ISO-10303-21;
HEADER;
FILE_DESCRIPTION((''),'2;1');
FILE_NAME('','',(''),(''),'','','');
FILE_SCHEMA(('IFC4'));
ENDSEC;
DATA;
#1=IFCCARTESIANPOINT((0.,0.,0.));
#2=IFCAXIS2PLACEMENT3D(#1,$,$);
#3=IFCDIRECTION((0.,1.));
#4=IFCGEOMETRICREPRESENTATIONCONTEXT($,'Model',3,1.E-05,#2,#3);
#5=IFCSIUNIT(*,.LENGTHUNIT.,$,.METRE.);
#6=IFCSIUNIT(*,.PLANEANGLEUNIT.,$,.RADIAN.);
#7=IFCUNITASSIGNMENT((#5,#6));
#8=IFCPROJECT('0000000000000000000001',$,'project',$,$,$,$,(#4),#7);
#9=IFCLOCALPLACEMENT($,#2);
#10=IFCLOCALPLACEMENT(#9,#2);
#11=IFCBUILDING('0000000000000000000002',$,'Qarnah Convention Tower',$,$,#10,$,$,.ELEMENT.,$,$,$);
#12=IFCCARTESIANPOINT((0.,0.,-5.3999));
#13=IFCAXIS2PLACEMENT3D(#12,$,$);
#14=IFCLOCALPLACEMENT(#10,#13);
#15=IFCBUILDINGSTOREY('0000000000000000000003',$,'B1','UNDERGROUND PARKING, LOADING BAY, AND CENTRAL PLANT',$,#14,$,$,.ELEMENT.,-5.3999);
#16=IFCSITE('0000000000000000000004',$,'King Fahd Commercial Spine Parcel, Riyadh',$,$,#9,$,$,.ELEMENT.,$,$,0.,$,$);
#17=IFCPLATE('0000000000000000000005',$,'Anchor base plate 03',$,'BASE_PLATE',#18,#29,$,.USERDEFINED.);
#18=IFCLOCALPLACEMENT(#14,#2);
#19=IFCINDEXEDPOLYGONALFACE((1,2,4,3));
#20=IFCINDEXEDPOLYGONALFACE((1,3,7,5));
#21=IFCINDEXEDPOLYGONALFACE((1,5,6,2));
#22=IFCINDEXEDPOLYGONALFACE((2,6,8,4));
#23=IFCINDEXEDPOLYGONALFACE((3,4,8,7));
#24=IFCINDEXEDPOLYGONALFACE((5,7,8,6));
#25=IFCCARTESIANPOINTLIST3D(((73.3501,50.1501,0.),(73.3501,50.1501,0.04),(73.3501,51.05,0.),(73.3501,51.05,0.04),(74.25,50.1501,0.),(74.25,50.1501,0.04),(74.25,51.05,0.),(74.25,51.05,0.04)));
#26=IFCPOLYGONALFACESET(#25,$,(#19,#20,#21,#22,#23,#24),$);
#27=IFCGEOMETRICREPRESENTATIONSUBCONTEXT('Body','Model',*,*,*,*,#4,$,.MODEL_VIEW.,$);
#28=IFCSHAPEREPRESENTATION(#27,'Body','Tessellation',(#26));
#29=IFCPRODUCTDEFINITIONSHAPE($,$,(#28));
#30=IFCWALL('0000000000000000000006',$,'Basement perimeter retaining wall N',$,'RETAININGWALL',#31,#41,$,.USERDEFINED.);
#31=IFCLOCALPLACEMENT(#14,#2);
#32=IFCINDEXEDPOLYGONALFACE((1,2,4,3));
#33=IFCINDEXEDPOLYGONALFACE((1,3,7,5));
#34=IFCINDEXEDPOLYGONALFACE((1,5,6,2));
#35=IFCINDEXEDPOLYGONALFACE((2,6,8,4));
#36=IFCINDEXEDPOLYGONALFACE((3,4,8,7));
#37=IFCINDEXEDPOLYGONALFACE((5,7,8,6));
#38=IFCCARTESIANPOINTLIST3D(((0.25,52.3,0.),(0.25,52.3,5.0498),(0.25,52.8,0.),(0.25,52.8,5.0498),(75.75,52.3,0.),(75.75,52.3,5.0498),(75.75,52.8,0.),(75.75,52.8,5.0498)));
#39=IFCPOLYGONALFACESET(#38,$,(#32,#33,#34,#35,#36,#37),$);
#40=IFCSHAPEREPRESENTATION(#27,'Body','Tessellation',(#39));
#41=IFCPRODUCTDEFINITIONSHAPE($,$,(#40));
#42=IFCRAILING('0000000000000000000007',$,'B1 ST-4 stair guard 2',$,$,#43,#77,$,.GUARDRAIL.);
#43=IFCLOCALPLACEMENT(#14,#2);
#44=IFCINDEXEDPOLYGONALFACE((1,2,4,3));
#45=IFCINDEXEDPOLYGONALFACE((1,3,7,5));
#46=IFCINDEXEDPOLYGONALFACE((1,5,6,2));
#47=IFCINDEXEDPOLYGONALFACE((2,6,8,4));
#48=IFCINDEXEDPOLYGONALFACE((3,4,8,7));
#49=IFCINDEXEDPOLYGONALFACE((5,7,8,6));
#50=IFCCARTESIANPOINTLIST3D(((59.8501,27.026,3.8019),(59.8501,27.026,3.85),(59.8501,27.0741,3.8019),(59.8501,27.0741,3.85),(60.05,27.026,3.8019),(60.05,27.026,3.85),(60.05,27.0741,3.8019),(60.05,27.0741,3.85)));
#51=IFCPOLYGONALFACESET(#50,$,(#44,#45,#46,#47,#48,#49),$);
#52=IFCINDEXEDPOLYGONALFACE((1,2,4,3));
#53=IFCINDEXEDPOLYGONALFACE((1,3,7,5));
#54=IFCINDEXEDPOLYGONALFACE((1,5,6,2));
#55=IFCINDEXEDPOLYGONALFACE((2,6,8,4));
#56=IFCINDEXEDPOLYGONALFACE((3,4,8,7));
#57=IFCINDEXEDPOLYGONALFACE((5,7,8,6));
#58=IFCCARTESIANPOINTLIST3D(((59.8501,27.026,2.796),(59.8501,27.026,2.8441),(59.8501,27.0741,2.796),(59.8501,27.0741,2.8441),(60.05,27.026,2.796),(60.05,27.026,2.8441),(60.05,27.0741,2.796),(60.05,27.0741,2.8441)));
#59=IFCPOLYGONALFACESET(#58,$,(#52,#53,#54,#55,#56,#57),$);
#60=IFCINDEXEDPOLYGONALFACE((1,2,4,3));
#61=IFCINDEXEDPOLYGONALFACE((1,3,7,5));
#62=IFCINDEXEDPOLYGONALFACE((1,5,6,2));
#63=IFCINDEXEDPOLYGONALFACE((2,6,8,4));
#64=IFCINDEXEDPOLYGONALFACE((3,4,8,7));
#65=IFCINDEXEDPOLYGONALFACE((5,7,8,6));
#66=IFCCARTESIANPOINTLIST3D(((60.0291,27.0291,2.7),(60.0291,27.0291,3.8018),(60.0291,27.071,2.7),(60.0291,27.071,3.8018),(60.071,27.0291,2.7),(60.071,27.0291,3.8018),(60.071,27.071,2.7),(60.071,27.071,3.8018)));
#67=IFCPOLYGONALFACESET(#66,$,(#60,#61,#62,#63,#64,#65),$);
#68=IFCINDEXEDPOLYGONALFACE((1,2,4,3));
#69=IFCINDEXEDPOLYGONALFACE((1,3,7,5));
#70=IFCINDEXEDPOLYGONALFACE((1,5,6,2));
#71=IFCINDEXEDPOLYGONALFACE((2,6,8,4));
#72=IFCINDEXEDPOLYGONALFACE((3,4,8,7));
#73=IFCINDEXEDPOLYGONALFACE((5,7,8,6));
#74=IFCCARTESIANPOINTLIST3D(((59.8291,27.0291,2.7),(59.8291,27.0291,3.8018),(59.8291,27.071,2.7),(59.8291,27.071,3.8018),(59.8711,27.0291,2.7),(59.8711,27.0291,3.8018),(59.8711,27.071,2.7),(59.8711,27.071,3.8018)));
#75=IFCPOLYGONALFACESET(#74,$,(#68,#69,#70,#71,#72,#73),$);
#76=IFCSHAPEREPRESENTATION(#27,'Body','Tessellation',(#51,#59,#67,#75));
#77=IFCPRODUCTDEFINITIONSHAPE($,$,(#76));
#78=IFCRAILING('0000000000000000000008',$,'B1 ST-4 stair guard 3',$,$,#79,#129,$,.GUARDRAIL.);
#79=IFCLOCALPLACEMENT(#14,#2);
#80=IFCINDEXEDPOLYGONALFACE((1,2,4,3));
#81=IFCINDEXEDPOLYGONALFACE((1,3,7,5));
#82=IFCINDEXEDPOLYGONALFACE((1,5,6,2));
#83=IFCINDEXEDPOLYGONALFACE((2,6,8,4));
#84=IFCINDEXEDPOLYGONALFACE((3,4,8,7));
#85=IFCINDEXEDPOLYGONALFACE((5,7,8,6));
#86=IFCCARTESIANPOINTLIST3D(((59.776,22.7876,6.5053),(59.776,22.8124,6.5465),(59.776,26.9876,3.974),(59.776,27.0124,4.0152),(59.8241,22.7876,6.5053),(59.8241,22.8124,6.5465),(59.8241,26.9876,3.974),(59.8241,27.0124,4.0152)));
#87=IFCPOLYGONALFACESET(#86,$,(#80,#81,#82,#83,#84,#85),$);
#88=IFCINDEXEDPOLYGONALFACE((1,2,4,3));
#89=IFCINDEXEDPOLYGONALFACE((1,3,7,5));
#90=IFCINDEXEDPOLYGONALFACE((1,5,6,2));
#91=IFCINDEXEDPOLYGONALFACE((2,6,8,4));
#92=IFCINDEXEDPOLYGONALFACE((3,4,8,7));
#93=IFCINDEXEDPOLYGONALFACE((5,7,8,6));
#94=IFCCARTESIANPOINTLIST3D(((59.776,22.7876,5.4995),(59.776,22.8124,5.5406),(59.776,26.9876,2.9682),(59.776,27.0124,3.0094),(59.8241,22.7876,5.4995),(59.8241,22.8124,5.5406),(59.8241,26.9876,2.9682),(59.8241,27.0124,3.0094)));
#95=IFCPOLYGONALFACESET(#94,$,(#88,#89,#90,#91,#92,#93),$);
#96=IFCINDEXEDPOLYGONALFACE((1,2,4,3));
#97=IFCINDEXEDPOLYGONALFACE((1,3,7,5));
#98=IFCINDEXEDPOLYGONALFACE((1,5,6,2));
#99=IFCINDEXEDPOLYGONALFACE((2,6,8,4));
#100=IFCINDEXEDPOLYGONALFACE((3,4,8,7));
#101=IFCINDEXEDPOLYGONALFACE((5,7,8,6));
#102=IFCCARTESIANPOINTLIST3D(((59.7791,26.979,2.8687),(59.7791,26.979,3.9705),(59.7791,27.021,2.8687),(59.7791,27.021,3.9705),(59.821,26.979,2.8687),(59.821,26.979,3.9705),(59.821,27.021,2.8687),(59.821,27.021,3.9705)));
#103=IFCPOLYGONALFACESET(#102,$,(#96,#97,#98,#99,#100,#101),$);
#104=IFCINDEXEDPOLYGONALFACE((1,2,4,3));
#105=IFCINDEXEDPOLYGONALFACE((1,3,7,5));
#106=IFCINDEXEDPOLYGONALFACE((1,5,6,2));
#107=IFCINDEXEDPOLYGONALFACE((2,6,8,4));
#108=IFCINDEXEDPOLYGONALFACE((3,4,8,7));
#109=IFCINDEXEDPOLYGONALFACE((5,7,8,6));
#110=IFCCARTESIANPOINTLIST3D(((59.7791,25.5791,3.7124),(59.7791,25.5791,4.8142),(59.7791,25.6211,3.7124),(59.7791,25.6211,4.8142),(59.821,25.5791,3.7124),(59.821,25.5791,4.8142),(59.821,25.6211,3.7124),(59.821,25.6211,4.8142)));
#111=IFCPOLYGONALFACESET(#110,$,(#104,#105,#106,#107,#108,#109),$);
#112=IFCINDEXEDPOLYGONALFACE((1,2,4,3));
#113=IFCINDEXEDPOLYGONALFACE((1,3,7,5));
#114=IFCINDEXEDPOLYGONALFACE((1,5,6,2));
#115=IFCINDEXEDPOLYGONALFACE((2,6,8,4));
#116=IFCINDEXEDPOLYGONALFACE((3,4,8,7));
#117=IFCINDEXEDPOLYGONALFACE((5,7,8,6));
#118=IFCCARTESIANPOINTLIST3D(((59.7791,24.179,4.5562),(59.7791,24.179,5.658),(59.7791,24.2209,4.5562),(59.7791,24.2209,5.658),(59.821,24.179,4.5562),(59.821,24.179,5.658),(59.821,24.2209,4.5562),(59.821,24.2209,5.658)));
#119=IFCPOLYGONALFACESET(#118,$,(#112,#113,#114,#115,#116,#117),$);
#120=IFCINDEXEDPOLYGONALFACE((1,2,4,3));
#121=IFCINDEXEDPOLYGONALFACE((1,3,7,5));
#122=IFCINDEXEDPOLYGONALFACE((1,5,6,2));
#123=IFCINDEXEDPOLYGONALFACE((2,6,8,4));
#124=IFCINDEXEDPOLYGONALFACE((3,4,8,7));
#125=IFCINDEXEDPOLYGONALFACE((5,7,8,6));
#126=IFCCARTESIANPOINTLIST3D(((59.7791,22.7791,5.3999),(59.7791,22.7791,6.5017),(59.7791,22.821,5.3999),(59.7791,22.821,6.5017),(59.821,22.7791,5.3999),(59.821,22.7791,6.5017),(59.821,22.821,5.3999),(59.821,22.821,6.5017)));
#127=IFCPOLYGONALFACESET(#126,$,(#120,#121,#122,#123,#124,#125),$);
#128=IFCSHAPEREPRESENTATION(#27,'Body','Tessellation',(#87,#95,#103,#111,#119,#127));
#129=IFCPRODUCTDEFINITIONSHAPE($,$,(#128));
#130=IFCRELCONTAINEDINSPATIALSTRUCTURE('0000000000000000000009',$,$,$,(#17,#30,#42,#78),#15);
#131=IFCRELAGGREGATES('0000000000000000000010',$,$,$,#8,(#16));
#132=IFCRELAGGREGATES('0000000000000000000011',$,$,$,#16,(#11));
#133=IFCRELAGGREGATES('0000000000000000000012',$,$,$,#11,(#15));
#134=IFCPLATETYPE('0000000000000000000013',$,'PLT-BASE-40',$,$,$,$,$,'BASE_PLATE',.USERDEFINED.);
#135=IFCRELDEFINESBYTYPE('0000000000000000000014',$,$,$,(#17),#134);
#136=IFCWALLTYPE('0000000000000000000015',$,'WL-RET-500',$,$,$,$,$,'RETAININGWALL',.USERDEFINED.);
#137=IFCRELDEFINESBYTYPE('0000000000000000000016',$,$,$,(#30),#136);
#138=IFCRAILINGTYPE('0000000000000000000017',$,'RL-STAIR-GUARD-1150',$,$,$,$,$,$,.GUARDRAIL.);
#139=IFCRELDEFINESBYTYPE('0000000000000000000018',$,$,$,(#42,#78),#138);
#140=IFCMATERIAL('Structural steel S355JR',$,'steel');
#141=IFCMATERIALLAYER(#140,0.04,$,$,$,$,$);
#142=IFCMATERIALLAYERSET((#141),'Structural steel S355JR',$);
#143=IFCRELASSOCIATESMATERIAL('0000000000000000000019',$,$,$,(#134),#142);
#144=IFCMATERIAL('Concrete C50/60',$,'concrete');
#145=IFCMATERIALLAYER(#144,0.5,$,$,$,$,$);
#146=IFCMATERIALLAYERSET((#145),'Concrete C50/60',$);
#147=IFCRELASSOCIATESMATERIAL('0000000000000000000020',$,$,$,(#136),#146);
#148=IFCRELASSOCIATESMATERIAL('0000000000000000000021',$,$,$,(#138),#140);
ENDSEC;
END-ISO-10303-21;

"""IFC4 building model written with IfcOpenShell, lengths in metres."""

from ifc_helpers import new_model, si_unit, direction, frame, frame_2d, origin, origin_2d, place, context, subcontext, project, spatial, rectangle, extrude, material, layer, layer_set, type_object, element, save


model = new_model("IFC4")

# Units and contexts
model_context = context("Model", 3, precision=1e-05, world=origin(), true_north=direction((0.0, 1.0)))
body_context = subcontext(model_context, "Body", "Model", "MODEL_VIEW")
ifc_project = project(units=[si_unit("LENGTHUNIT", "METRE"), si_unit("PLANEANGLEUNIT", "RADIAN")], contexts=[model_context])

# Site, building, storey
site_placement = place(None, origin())
site = spatial("IfcSite", under=ifc_project, at=site_placement, Name="King Fahd Commercial Spine Parcel, Riyadh", CompositionType="ELEMENT", RefElevation=0.0)
building_placement = place(site_placement, origin())
building = spatial("IfcBuilding", under=site, at=building_placement, Name="Qarnah Convention Tower", CompositionType="ELEMENT")
storey_placement = place(building_placement, frame((0.0, 0.0, -5.3999)))
storey = spatial("IfcBuildingStorey", under=building, at=storey_placement, Name="B1", Description="UNDERGROUND PARKING, LOADING BAY, AND CENTRAL PLANT", CompositionType="ELEMENT", Elevation=-5.3999)

# Shared definitions
ifc_material_1 = material(Name="Concrete C50/60", Category="concrete")

# Shared definitions
ifc_material_2 = material(Name="Structural steel S355JR", Category="steel")

# Plate
ifc_layer_1 = layer(ifc_material_2, 0.04)
ifc_layer_set_1 = layer_set([ifc_layer_1], Name="Structural steel S355JR")
plate_type = type_object("IfcPlateType", Name="PLT-BASE-40", ElementType="BASE_PLATE", PredefinedType="USERDEFINED", material=ifc_layer_set_1)
plate_placement = place(storey_placement, frame((73.8, 50.6001, 0.0), z_axis=(0.0, 0.0, 1.0), x_axis=(1.0, 0.0, 0.0)))
element("IfcPlate", 1, at=plate_placement, inside=storey, type_object=plate_type, Name="Anchor base plate 03", ObjectType="BASE_PLATE", PredefinedType="USERDEFINED", context=body_context, shape_type="SweptSolid", body=[
    extrude(rectangle(XDim=0.8999, YDim=0.8999, at=origin_2d()), origin(), (0.0, 0.0, 1.0), 0.04),
])

# Wall
ifc_layer_2 = layer(ifc_material_1, 0.5)
ifc_layer_set_2 = layer_set([ifc_layer_2], Name="Concrete C50/60")
wall_type = type_object("IfcWallType", Name="WL-RET-500", ElementType="RETAININGWALL", PredefinedType="USERDEFINED", material=ifc_layer_set_2)
wall_placement = place(storey_placement, frame((75.75, 52.55, 0.0), z_axis=(0.0, 0.0, 1.0), x_axis=(-1.0, 0.0, 0.0)))
element("IfcWall", 2, at=wall_placement, inside=storey, type_object=wall_type, Name="Basement perimeter retaining wall N", ObjectType="RETAININGWALL", PredefinedType="USERDEFINED", context=body_context, shape_type="SweptSolid", body=[
    extrude(rectangle(XDim=75.5, YDim=0.5, at=frame_2d((37.75, 0.0))), origin(), (0.0, 0.0, 1.0), 5.0498),
])

# Railings
railing_type = type_object("IfcRailingType", Name="RL-STAIR-GUARD-1150", PredefinedType="GUARDRAIL", material=ifc_material_2)
railing_1_placement = place(storey_placement, frame((60.05, 27.05, 2.7)))
element("IfcRailing", 3, at=railing_1_placement, inside=storey, type_object=railing_type, Name="B1 ST-4 stair guard 2", PredefinedType="GUARDRAIL", context=body_context, shape_type="SweptSolid", body=[
    extrude(rectangle(XDim=0.0481, YDim=0.0481, at=origin_2d()), frame((0.0, 0.0, 1.126), z_axis=(-1.0, 0.0, 0.0), x_axis=(0.0, -1.0, 0.0)), (0.0, 0.0, 1.0), 0.2),
    extrude(rectangle(XDim=0.0481, YDim=0.0481, at=origin_2d()), frame((0.0, 0.0, 0.1201), z_axis=(-1.0, 0.0, 0.0), x_axis=(0.0, -1.0, 0.0)), (0.0, 0.0, 1.0), 0.2),
    extrude(rectangle(XDim=0.042, YDim=0.042, at=origin_2d()), origin(), (0.0, 0.0, 1.0), 1.1018),
    extrude(rectangle(XDim=0.042, YDim=0.042, at=origin_2d()), frame((-0.2, 0.0, 0.0)), (0.0, 0.0, 1.0), 1.1018),
])
railing_2_placement = place(storey_placement, frame((59.8, 27.0, 2.8687)))
element("IfcRailing", 4, at=railing_2_placement, inside=storey, type_object=railing_type, Name="B1 ST-4 stair guard 3", PredefinedType="GUARDRAIL", context=body_context, shape_type="SweptSolid", body=[
    extrude(rectangle(XDim=0.0481, YDim=0.0481, at=origin_2d()), frame((0.0, 0.0, 1.126), z_axis=(0.0, -0.856476, 0.516186), x_axis=(1.0, 0.0, 0.0)), (0.0, 0.0, 1.0), 4.9038),
    extrude(rectangle(XDim=0.0481, YDim=0.0481, at=origin_2d()), frame((0.0, 0.0, 0.1201), z_axis=(0.0, -0.856476, 0.516186), x_axis=(1.0, 0.0, 0.0)), (0.0, 0.0, 1.0), 4.9038),
    extrude(rectangle(XDim=0.042, YDim=0.042, at=origin_2d()), origin(), (0.0, 0.0, 1.0), 1.1018),
    extrude(rectangle(XDim=0.042, YDim=0.042, at=origin_2d()), frame((0.0, -1.3999, 0.8438)), (0.0, 0.0, 1.0), 1.1018),
    extrude(rectangle(XDim=0.042, YDim=0.042, at=origin_2d()), frame((0.0, -2.8, 1.6875)), (0.0, 0.0, 1.0), 1.1018),
    extrude(rectangle(XDim=0.042, YDim=0.042, at=origin_2d()), frame((0.0, -4.2, 2.5312)), (0.0, 0.0, 1.0), 1.1018),
])

save(model, "model.ifc")
